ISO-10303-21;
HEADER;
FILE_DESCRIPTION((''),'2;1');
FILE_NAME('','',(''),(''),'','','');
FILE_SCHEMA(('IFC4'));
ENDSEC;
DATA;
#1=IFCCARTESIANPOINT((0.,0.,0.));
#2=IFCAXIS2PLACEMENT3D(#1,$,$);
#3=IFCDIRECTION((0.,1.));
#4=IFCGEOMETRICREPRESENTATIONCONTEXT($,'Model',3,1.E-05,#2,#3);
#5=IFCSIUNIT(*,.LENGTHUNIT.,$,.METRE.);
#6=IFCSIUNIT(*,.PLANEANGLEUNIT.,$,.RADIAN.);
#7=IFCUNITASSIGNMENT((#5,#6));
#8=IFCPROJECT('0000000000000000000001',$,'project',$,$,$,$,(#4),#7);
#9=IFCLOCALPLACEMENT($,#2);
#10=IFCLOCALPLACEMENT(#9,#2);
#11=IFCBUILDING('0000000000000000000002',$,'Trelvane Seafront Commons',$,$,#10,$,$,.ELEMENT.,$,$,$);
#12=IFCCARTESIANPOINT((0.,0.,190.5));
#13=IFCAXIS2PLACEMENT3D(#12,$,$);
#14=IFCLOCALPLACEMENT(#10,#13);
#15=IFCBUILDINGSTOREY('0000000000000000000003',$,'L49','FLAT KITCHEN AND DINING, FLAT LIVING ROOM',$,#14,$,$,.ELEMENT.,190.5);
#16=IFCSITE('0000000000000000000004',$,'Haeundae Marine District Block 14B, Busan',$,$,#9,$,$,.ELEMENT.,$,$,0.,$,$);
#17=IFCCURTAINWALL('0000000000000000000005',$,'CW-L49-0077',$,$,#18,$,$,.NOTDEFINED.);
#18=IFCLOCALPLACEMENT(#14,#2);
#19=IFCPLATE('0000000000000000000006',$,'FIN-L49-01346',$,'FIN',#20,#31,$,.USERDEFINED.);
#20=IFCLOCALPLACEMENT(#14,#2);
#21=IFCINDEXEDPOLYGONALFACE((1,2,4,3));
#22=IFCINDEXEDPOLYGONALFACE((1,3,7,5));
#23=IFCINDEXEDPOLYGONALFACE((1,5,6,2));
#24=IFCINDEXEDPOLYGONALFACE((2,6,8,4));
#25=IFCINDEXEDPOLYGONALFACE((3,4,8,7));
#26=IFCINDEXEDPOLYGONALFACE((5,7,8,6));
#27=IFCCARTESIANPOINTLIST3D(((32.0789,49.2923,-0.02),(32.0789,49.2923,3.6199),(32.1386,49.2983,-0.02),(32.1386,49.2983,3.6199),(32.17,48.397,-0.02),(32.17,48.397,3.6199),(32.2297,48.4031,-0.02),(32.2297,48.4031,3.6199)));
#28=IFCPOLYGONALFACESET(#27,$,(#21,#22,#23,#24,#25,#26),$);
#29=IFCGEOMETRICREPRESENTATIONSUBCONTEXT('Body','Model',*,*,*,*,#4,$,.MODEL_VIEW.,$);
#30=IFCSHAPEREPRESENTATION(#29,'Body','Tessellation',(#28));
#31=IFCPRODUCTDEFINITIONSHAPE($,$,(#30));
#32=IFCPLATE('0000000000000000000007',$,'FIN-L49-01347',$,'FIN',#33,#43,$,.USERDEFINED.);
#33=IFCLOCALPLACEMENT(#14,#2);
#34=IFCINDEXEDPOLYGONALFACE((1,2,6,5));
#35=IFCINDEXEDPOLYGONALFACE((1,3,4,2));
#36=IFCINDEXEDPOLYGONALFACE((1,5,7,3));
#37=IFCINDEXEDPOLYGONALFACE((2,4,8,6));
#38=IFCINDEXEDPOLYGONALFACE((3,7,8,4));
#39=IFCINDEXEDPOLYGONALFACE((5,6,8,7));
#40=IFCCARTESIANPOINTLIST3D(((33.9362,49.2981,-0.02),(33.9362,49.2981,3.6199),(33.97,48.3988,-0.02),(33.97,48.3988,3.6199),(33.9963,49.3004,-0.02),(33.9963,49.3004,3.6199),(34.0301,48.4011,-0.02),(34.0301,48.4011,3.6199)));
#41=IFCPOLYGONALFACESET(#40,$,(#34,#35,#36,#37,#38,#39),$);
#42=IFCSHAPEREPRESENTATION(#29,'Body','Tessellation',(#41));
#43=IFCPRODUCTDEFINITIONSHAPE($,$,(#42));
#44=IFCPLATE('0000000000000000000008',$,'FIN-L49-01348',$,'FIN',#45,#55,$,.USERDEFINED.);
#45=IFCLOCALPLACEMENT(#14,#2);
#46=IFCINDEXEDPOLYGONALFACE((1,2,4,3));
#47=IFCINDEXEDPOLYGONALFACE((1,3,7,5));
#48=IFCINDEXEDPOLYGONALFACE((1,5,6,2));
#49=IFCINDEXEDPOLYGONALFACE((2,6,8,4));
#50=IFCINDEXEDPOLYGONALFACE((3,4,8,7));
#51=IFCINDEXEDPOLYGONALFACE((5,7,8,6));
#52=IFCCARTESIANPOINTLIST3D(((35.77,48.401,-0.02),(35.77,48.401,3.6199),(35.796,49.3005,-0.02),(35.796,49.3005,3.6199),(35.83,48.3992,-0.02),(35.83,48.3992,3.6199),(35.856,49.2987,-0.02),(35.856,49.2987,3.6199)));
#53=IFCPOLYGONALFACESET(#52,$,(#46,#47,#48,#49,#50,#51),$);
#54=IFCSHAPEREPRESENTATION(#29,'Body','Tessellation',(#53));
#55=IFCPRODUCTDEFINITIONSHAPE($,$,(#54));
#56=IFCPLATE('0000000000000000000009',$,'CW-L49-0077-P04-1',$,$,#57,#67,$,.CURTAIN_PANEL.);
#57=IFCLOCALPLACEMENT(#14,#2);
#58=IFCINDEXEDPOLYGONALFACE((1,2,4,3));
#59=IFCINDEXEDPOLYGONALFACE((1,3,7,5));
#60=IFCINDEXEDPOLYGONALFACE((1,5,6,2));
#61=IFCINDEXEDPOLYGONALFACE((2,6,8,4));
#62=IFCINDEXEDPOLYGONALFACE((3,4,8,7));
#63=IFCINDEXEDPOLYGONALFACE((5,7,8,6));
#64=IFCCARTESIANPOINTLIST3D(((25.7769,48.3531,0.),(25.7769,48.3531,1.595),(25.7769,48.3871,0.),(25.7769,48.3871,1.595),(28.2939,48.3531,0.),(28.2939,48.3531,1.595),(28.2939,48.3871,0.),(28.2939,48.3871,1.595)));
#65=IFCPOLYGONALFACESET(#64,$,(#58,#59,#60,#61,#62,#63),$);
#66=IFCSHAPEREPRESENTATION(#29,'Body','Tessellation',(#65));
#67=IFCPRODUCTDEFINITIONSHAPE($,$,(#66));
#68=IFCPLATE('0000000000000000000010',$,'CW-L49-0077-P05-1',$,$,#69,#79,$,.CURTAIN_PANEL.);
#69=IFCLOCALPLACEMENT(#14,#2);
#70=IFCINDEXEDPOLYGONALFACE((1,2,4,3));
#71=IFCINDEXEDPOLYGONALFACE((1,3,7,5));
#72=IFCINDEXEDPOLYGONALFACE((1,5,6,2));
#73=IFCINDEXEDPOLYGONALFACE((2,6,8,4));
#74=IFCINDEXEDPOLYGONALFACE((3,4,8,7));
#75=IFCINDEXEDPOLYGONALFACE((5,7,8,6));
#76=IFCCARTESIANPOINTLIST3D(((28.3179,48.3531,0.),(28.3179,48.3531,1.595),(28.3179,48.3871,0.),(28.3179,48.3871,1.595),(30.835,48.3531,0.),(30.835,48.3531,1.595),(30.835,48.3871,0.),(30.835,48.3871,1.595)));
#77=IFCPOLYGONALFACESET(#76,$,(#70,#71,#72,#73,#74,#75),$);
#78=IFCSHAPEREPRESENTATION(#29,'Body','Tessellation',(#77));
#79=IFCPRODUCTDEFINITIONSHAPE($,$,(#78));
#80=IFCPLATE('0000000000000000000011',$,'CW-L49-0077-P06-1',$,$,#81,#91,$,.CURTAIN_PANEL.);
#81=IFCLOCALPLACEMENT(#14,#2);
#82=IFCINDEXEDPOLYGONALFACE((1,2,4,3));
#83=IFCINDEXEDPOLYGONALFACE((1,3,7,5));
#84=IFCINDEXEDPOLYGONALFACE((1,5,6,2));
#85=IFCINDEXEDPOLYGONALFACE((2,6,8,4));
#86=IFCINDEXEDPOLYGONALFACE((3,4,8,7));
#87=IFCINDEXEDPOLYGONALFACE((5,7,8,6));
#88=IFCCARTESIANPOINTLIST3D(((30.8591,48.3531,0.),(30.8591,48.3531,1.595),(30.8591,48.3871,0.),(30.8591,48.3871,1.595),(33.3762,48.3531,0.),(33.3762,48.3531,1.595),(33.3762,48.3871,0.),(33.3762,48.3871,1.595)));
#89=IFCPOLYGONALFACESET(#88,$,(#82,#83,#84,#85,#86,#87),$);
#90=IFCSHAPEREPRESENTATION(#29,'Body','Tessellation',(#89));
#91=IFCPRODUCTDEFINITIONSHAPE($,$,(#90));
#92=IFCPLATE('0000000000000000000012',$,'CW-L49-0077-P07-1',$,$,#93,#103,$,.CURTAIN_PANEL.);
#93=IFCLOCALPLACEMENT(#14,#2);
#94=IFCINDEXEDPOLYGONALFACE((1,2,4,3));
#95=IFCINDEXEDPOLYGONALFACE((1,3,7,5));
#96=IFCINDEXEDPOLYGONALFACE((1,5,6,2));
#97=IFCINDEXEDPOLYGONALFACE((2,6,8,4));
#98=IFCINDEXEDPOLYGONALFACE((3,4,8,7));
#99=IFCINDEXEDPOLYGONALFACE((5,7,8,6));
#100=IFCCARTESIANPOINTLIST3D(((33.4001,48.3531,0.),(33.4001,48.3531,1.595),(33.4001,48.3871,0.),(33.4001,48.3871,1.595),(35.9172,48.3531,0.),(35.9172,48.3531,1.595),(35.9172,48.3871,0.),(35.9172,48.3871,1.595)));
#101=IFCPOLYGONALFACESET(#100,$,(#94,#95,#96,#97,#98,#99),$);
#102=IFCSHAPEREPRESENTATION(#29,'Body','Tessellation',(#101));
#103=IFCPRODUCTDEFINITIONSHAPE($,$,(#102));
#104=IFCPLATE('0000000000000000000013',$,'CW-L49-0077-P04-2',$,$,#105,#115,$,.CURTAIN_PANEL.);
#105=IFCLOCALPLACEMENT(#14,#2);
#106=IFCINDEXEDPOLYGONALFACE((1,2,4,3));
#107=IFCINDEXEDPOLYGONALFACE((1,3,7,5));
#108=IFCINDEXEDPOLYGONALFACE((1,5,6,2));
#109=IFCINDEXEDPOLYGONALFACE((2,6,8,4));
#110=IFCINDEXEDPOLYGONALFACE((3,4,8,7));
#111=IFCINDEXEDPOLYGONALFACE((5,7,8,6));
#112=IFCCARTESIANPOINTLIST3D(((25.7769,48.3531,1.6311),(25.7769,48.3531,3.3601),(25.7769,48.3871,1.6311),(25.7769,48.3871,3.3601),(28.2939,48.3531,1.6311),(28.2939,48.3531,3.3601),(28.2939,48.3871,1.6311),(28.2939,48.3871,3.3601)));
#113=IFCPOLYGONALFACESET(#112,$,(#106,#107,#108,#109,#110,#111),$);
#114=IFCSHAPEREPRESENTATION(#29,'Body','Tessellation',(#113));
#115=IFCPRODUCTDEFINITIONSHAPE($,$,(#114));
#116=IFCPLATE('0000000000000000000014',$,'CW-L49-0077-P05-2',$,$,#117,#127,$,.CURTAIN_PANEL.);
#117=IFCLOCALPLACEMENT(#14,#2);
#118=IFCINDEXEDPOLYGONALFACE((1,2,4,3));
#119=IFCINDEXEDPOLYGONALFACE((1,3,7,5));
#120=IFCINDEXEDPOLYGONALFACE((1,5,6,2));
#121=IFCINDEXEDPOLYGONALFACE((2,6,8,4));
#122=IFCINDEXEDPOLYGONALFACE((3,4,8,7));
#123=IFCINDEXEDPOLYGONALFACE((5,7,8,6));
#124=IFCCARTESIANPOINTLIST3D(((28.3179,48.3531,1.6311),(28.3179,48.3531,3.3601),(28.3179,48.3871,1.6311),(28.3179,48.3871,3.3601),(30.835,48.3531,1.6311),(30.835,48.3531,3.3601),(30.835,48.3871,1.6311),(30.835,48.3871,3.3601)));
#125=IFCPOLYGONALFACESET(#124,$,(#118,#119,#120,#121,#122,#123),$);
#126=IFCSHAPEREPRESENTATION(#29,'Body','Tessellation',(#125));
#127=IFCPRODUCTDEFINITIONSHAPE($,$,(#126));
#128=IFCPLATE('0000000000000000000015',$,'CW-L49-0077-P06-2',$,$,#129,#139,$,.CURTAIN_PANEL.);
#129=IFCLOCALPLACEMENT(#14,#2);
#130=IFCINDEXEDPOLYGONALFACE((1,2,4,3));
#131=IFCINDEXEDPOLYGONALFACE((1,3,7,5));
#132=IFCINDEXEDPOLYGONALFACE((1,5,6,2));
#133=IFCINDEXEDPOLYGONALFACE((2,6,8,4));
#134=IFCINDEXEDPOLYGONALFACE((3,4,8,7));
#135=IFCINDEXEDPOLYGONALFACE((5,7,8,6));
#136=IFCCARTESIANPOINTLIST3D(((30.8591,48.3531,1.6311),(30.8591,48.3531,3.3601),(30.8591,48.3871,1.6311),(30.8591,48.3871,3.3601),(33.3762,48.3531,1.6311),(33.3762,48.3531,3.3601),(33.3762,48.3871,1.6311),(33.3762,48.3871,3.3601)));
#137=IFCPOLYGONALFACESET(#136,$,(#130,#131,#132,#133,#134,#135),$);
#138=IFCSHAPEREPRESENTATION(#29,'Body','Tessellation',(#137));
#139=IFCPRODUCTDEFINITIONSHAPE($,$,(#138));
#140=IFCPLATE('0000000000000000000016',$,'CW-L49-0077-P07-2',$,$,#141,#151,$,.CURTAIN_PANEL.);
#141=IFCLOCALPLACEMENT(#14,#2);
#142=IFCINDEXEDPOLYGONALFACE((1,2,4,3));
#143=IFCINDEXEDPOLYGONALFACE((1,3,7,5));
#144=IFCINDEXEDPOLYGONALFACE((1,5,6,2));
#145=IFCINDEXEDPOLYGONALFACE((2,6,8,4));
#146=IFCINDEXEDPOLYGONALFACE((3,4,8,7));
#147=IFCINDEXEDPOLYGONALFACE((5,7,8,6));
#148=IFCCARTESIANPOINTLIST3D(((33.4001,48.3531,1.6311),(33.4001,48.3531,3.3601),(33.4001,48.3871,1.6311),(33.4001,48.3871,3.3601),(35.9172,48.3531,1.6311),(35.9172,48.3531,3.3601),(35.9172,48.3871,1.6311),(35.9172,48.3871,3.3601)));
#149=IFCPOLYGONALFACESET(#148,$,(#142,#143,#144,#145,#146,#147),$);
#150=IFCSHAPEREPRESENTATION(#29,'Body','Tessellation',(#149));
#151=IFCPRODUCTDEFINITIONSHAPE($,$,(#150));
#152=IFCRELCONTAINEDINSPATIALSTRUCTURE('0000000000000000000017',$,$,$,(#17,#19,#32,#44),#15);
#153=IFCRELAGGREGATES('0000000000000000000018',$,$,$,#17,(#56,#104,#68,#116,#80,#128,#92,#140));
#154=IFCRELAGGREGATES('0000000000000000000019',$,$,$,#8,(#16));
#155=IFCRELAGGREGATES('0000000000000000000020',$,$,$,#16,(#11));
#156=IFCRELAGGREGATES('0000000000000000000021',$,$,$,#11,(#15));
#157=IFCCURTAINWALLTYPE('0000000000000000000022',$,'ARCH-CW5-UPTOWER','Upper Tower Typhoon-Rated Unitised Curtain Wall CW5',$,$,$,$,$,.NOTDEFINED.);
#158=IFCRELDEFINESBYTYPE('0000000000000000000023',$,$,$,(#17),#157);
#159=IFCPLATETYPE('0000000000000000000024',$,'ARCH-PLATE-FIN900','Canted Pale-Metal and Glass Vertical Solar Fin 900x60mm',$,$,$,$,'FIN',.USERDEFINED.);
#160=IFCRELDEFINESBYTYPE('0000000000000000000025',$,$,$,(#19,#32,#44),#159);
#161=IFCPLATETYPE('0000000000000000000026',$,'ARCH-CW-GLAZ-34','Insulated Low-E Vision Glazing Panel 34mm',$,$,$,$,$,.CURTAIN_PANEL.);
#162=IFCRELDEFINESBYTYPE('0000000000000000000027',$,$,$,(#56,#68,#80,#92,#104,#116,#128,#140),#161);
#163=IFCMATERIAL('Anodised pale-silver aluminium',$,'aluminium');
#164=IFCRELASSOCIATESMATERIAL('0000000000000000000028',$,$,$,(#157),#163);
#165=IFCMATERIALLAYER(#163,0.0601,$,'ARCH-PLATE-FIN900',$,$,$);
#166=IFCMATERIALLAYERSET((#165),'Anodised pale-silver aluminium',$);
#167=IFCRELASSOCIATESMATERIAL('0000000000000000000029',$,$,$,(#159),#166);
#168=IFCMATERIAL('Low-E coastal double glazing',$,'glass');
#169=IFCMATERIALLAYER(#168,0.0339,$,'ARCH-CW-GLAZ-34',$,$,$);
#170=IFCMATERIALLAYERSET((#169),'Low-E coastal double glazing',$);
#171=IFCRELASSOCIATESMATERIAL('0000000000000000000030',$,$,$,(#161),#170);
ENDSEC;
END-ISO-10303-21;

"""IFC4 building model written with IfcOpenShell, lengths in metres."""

from ifc_helpers import new_model, si_unit, direction, frame, origin, origin_2d, place, context, subcontext, project, spatial, rectangle, extrude, source, transform, mapped, material, layer, layer_set, type_object, element, aggregate, save


model = new_model("IFC4")

# Units and contexts
model_context = context("Model", 3, precision=1e-05, world=origin(), true_north=direction((0.0, 1.0)))
body_context = subcontext(model_context, "Body", "Model", "MODEL_VIEW")
ifc_project = project(units=[si_unit("LENGTHUNIT", "METRE"), si_unit("PLANEANGLEUNIT", "RADIAN")], contexts=[model_context])

# Site, building, storey
site_placement = place(None, origin())
site = spatial("IfcSite", under=ifc_project, at=site_placement, Name="Haeundae Marine District Block 14B, Busan", CompositionType="ELEMENT", RefElevation=0.0)
building_placement = place(site_placement, origin())
building = spatial("IfcBuilding", under=site, at=building_placement, Name="Trelvane Seafront Commons", CompositionType="ELEMENT")
storey_placement = place(building_placement, frame((0.0, 0.0, 190.5)))
storey = spatial("IfcBuildingStorey", under=building, at=storey_placement, Name="L49", Description="FLAT KITCHEN AND DINING, FLAT LIVING ROOM", CompositionType="ELEMENT", Elevation=190.5)

# Curtain wall
ifc_material_1 = material(Name="Anodised pale-silver aluminium", Category="aluminium")
curtain_wall_type = type_object("IfcCurtainWallType", Name="ARCH-CW5-UPTOWER", Description="Upper Tower Typhoon-Rated Unitised Curtain Wall CW5", PredefinedType="NOTDEFINED", material=ifc_material_1)
curtain_wall_placement = place(storey_placement, origin())
curtain_wall = element("IfcCurtainWall", 1, at=curtain_wall_placement, inside=storey, type_object=curtain_wall_type, Name="CW-L49-0077", PredefinedType="NOTDEFINED")

# Plates
ifc_layer_1 = layer(ifc_material_1, 0.0601, Name="ARCH-PLATE-FIN900")
ifc_layer_set_1 = layer_set([ifc_layer_1], Name="Anodised pale-silver aluminium")
plate_type_1 = type_object("IfcPlateType", Name="ARCH-PLATE-FIN900", Description="Canted Pale-Metal and Glass Vertical Solar Fin 900x60mm", ElementType="FIN", PredefinedType="USERDEFINED", material=ifc_layer_set_1)
shared_shape_1 = source(origin(), body_context, "Body", "SweptSolid", [
    extrude(rectangle(XDim=0.8999, YDim=0.0601, at=origin_2d()), origin(), (0.0, 0.0, 1.0), 3.6399),
])
for number, where, z_axis, x_axis, name in (
    (2, (32.1543, 48.8477, -0.02), (0.0, 0.0, 1.0), (-0.10122, 0.994864, 0.0), "FIN-L49-01346"),
    (3, (33.9832, 48.8496, -0.02), (0.0, 0.0, 1.0), (-0.037554, 0.999295, 0.0), "FIN-L49-01347"),
    (4, (35.813, 48.8499, -0.02), (0.0, 0.0, 1.0), (0.02889, 0.999583, 0.0), "FIN-L49-01348"),
):
    element("IfcPlate", number, at=place(storey_placement, frame(where, z_axis=z_axis, x_axis=x_axis)), inside=storey, type_object=plate_type_1, Name=name, ObjectType="FIN", PredefinedType="USERDEFINED", context=body_context, shape_type="MappedRepresentation", body=[
        mapped(shared_shape_1, transform((0.0, 0.0, 0.0), x_axis=(1.0, 0.0, 0.0), y_axis=(0.0, 1.0, 0.0), z_axis=(0.0, 0.0, 1.0), scale=1.0)),
    ])

# Plates
ifc_material_2 = material(Name="Low-E coastal double glazing", Category="glass")
ifc_layer_2 = layer(ifc_material_2, 0.0339, Name="ARCH-CW-GLAZ-34")
ifc_layer_set_2 = layer_set([ifc_layer_2], Name="Low-E coastal double glazing")
plate_type_2 = type_object("IfcPlateType", Name="ARCH-CW-GLAZ-34", Description="Insulated Low-E Vision Glazing Panel 34mm", PredefinedType="CURTAIN_PANEL", material=ifc_layer_set_2)
shared_shape_2 = source(origin(), body_context, "Body", "SweptSolid", [
    extrude(rectangle(XDim=2.5171, YDim=0.0339, at=origin_2d()), origin(), (0.0, 0.0, 1.0), 1.595),
])
plate_1_placement = place(storey_placement, frame((27.0354, 48.3701, 0.0), z_axis=(0.0, 0.0, 1.0), x_axis=(1.0, 0.0, 0.0)))
plate_1 = element("IfcPlate", 5, at=plate_1_placement, type_object=plate_type_2, Name="CW-L49-0077-P04-1", PredefinedType="CURTAIN_PANEL", context=body_context, shape_type="MappedRepresentation", body=[
    mapped(shared_shape_2, transform((0.0, 0.0, 0.0), x_axis=(1.0, 0.0, 0.0), y_axis=(0.0, 1.0, 0.0), z_axis=(0.0, 0.0, 1.0), scale=1.0)),
])
plate_2_placement = place(storey_placement, frame((29.5764, 48.3701, 0.0), z_axis=(0.0, 0.0, 1.0), x_axis=(1.0, 0.0, 0.0)))
plate_2 = element("IfcPlate", 6, at=plate_2_placement, type_object=plate_type_2, Name="CW-L49-0077-P05-1", PredefinedType="CURTAIN_PANEL", context=body_context, shape_type="MappedRepresentation", body=[
    mapped(shared_shape_2, transform((0.0, 0.0, 0.0), x_axis=(1.0, 0.0, 0.0), y_axis=(0.0, 1.0, 0.0), z_axis=(0.0, 0.0, 1.0), scale=1.0)),
])
plate_3_placement = place(storey_placement, frame((32.1177, 48.3701, 0.0), z_axis=(0.0, 0.0, 1.0), x_axis=(1.0, 0.0, 0.0)))
plate_3 = element("IfcPlate", 7, at=plate_3_placement, type_object=plate_type_2, Name="CW-L49-0077-P06-1", PredefinedType="CURTAIN_PANEL", context=body_context, shape_type="MappedRepresentation", body=[
    mapped(shared_shape_2, transform((0.0, 0.0, 0.0), x_axis=(1.0, 0.0, 0.0), y_axis=(0.0, 1.0, 0.0), z_axis=(0.0, 0.0, 1.0), scale=1.0)),
])
plate_4_placement = place(storey_placement, frame((34.6587, 48.3701, 0.0), z_axis=(0.0, 0.0, 1.0), x_axis=(1.0, 0.0, 0.0)))
plate_4 = element("IfcPlate", 8, at=plate_4_placement, type_object=plate_type_2, Name="CW-L49-0077-P07-1", PredefinedType="CURTAIN_PANEL", context=body_context, shape_type="MappedRepresentation", body=[
    mapped(shared_shape_2, transform((0.0, 0.0, 0.0), x_axis=(1.0, 0.0, 0.0), y_axis=(0.0, 1.0, 0.0), z_axis=(0.0, 0.0, 1.0), scale=1.0)),
])
shared_shape_3 = source(origin(), body_context, "Body", "SweptSolid", [
    extrude(rectangle(XDim=2.5171, YDim=0.0339, at=origin_2d()), origin(), (0.0, 0.0, 1.0), 1.729),
])
plate_5_placement = place(storey_placement, frame((27.0354, 48.3701, 1.6311), z_axis=(0.0, 0.0, 1.0), x_axis=(1.0, 0.0, 0.0)))
plate_5 = element("IfcPlate", 9, at=plate_5_placement, type_object=plate_type_2, Name="CW-L49-0077-P04-2", PredefinedType="CURTAIN_PANEL", context=body_context, shape_type="MappedRepresentation", body=[
    mapped(shared_shape_3, transform((0.0, 0.0, 0.0), x_axis=(1.0, 0.0, 0.0), y_axis=(0.0, 1.0, 0.0), z_axis=(0.0, 0.0, 1.0), scale=1.0)),
])
plate_6_placement = place(storey_placement, frame((29.5764, 48.3701, 1.6311), z_axis=(0.0, 0.0, 1.0), x_axis=(1.0, 0.0, 0.0)))
plate_6 = element("IfcPlate", 10, at=plate_6_placement, type_object=plate_type_2, Name="CW-L49-0077-P05-2", PredefinedType="CURTAIN_PANEL", context=body_context, shape_type="MappedRepresentation", body=[
    mapped(shared_shape_3, transform((0.0, 0.0, 0.0), x_axis=(1.0, 0.0, 0.0), y_axis=(0.0, 1.0, 0.0), z_axis=(0.0, 0.0, 1.0), scale=1.0)),
])
plate_7_placement = place(storey_placement, frame((32.1177, 48.3701, 1.6311), z_axis=(0.0, 0.0, 1.0), x_axis=(1.0, 0.0, 0.0)))
plate_7 = element("IfcPlate", 11, at=plate_7_placement, type_object=plate_type_2, Name="CW-L49-0077-P06-2", PredefinedType="CURTAIN_PANEL", context=body_context, shape_type="MappedRepresentation", body=[
    mapped(shared_shape_3, transform((0.0, 0.0, 0.0), x_axis=(1.0, 0.0, 0.0), y_axis=(0.0, 1.0, 0.0), z_axis=(0.0, 0.0, 1.0), scale=1.0)),
])
plate_8_placement = place(storey_placement, frame((34.6587, 48.3701, 1.6311), z_axis=(0.0, 0.0, 1.0), x_axis=(1.0, 0.0, 0.0)))
plate_8 = element("IfcPlate", 12, at=plate_8_placement, type_object=plate_type_2, Name="CW-L49-0077-P07-2", PredefinedType="CURTAIN_PANEL", context=body_context, shape_type="MappedRepresentation", body=[
    mapped(shared_shape_3, transform((0.0, 0.0, 0.0), x_axis=(1.0, 0.0, 0.0), y_axis=(0.0, 1.0, 0.0), z_axis=(0.0, 0.0, 1.0), scale=1.0)),
])
aggregate(curtain_wall, [plate_1, plate_5, plate_2, plate_6, plate_3, plate_7, plate_4, plate_8])

save(model, "model.ifc")
